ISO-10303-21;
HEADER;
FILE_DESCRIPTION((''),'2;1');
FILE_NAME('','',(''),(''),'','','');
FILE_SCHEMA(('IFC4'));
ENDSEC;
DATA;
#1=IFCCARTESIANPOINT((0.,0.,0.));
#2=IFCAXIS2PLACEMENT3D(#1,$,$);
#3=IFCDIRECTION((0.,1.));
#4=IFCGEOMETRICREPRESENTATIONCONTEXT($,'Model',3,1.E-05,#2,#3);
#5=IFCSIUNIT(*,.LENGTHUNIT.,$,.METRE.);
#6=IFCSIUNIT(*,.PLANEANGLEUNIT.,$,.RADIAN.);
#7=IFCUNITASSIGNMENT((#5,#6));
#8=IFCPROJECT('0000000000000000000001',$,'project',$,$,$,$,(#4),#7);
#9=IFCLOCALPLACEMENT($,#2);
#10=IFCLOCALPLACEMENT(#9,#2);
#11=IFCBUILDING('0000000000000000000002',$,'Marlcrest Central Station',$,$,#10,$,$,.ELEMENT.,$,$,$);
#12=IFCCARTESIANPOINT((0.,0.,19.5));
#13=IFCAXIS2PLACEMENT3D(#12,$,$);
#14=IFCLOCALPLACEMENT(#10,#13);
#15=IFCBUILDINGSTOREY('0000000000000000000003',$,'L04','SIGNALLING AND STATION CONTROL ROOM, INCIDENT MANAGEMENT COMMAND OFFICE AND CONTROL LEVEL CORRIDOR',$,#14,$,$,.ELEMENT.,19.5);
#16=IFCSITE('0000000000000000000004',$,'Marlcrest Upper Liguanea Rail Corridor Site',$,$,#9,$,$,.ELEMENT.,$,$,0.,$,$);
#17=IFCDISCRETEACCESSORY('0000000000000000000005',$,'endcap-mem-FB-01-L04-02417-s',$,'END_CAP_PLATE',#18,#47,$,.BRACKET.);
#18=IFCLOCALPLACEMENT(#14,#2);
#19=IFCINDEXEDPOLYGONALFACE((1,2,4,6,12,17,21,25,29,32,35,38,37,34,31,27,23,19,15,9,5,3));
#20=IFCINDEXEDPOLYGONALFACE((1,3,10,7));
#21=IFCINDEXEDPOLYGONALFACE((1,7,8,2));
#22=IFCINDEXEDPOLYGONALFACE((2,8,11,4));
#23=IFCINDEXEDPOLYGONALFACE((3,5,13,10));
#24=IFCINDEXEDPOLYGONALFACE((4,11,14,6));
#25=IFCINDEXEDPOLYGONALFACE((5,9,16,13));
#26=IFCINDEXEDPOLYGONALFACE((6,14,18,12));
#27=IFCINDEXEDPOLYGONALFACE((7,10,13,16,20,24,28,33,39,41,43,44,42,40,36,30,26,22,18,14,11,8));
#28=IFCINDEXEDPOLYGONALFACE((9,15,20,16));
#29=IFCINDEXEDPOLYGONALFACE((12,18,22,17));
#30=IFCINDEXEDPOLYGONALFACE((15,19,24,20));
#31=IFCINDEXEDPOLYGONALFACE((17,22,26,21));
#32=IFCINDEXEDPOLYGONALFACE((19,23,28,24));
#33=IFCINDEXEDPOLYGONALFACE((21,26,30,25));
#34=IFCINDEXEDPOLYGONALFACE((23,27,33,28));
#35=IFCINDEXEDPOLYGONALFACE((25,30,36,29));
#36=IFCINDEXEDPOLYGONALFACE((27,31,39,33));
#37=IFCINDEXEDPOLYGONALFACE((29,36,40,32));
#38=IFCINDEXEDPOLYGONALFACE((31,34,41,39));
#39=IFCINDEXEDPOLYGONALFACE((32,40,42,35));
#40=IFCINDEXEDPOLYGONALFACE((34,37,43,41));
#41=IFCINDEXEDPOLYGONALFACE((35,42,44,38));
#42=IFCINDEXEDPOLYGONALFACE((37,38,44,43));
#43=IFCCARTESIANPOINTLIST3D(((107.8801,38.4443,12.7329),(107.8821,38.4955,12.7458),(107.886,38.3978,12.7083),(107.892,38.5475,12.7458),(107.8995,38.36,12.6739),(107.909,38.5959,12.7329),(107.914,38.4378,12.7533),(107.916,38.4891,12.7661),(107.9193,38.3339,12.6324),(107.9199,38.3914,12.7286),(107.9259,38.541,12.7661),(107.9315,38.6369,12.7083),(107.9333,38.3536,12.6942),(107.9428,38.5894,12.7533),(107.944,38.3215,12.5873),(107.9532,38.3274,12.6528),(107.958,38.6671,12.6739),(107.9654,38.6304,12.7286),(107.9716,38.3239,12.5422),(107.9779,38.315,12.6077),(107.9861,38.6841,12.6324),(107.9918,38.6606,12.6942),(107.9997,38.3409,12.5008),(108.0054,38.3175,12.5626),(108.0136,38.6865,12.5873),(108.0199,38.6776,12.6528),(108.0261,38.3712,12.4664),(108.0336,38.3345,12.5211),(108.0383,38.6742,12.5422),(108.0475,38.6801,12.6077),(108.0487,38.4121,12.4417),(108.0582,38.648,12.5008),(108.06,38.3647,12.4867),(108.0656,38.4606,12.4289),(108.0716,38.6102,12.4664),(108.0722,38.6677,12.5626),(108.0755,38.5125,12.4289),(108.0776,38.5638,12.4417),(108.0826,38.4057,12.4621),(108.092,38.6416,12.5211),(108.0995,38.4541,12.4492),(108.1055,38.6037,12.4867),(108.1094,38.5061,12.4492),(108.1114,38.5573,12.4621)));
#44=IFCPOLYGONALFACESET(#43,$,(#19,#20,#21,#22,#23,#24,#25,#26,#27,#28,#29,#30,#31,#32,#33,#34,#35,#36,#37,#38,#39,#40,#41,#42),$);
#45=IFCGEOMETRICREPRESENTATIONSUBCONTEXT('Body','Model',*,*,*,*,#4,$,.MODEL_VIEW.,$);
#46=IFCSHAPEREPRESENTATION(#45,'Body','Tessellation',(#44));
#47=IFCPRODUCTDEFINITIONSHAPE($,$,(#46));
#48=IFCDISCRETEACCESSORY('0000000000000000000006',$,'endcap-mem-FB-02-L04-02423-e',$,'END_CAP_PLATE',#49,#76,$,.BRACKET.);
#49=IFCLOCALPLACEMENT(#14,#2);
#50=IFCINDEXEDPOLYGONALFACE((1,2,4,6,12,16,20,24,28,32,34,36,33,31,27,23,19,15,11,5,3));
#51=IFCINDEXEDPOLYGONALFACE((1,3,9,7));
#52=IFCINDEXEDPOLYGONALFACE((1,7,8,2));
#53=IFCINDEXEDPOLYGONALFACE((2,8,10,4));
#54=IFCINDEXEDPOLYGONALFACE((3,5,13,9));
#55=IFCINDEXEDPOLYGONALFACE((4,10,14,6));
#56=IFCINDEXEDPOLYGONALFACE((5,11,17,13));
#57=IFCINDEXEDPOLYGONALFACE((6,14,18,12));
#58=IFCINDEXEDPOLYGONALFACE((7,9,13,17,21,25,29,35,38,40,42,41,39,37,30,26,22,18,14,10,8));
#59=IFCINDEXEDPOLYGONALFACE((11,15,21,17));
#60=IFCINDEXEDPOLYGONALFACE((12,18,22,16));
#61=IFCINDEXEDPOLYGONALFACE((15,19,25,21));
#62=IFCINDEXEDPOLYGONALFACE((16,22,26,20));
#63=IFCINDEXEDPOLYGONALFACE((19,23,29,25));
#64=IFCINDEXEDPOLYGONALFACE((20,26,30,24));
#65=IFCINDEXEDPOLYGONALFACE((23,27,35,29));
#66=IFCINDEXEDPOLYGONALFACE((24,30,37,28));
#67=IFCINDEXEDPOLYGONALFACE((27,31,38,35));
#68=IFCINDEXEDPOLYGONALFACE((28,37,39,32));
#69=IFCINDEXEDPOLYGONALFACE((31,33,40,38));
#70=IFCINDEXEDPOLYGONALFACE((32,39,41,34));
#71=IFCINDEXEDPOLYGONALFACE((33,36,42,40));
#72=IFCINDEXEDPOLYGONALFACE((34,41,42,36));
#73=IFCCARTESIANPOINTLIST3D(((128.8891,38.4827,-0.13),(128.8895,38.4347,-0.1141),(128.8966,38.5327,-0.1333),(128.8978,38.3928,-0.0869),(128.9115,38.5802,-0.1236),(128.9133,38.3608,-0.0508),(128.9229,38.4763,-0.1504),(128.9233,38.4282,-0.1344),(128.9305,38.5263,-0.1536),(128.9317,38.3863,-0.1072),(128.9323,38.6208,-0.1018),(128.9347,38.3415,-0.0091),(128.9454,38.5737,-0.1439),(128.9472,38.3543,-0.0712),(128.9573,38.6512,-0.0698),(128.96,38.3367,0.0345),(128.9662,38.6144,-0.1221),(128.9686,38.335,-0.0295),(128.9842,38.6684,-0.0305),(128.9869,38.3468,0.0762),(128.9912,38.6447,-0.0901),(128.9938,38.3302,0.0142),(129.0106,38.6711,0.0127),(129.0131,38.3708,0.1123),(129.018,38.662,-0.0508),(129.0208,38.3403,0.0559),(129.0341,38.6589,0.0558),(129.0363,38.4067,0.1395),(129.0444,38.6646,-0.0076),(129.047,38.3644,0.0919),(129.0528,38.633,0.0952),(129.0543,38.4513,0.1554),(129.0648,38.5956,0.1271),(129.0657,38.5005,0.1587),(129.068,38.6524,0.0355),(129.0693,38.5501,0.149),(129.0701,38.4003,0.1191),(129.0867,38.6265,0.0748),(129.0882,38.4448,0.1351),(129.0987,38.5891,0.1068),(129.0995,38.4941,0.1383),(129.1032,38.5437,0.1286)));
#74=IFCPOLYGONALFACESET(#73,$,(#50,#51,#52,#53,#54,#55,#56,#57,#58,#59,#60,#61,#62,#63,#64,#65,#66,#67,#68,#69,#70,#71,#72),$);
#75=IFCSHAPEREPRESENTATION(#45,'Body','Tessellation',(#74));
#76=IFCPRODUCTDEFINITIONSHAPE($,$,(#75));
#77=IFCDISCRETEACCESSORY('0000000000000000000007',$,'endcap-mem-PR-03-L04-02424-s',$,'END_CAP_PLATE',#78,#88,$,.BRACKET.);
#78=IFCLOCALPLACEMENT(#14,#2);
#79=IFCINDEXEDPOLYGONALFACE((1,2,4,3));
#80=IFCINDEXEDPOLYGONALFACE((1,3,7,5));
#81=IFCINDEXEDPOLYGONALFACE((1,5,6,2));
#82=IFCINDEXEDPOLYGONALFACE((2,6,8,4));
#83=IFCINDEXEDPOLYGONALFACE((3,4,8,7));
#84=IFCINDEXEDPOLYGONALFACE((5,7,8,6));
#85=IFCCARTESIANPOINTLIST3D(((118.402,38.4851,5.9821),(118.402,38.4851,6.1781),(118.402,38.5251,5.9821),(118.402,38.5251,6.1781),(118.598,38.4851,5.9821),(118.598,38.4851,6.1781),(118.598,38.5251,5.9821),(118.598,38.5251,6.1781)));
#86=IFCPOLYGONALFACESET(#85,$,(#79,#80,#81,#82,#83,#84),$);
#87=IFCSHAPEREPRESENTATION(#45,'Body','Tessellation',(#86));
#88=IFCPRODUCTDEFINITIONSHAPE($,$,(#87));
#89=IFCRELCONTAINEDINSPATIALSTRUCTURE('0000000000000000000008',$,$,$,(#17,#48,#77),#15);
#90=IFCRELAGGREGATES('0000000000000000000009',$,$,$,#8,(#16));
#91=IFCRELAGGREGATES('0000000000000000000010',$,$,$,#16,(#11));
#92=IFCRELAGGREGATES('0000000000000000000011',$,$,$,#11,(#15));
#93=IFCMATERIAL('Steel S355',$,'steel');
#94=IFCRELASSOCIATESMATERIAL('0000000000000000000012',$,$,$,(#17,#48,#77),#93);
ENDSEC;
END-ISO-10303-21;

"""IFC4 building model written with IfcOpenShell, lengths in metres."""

from ifc_helpers import new_model, si_unit, direction, frame, origin, origin_2d, place, context, subcontext, project, spatial, rectangle, circle, extrude, material, element, save


model = new_model("IFC4")

# Units and contexts
model_context = context("Model", 3, precision=1e-05, world=origin(), true_north=direction((0.0, 1.0)))
body_context = subcontext(model_context, "Body", "Model", "MODEL_VIEW")
ifc_project = project(units=[si_unit("LENGTHUNIT", "METRE"), si_unit("PLANEANGLEUNIT", "RADIAN")], contexts=[model_context])

# Site, building, storey
site_placement = place(None, origin())
site = spatial("IfcSite", under=ifc_project, at=site_placement, Name="Marlcrest Upper Liguanea Rail Corridor Site", CompositionType="ELEMENT", RefElevation=0.0)
building_placement = place(site_placement, origin())
building = spatial("IfcBuilding", under=site, at=building_placement, Name="Marlcrest Central Station", CompositionType="ELEMENT")
storey_placement = place(building_placement, frame((0.0, 0.0, 19.5)))
storey = spatial("IfcBuildingStorey", under=building, at=storey_placement, Name="L04", Description="SIGNALLING AND STATION CONTROL ROOM, INCIDENT MANAGEMENT COMMAND OFFICE AND CONTROL LEVEL CORRIDOR", CompositionType="ELEMENT", Elevation=19.5)

# Shared definitions
ifc_material_1 = material(Name="Steel S355", Category="steel")

# Discrete accessories
discrete_accessory_1_placement = place(storey_placement, frame((108.0127, 38.4976, 12.6077), z_axis=(-0.846277, 0.161196, -0.50777), x_axis=(-0.187112, -0.982339, 0.0)))
element("IfcDiscreteAccessory", 1, at=discrete_accessory_1_placement, inside=storey, material=ifc_material_1, Name="endcap-mem-FB-01-L04-02417-s", ObjectType="END_CAP_PLATE", PredefinedType="BRACKET", context=body_context, shape_type="SweptSolid", body=[
    extrude(circle(Radius=0.1858, at=origin_2d()), origin(), (0.0, 0.0, 1.0), 0.04),
])
discrete_accessory_2_placement = place(storey_placement, frame((128.9788, 38.5042, 0.0127), z_axis=(0.846277, -0.161196, -0.50777), x_axis=(0.187112, 0.982339, 0.0)))
element("IfcDiscreteAccessory", 2, at=discrete_accessory_2_placement, inside=storey, material=ifc_material_1, Name="endcap-mem-FB-02-L04-02423-e", ObjectType="END_CAP_PLATE", PredefinedType="BRACKET", context=body_context, shape_type="SweptSolid", body=[
    extrude(circle(Radius=0.1699, at=origin_2d()), origin(), (0.0, 0.0, 1.0), 0.04),
])
discrete_accessory_3_placement = place(storey_placement, frame((118.5, 38.4851, 6.0801), z_axis=(0.0, 1.0, 0.0), x_axis=(-1.0, 0.0, 0.0)))
element("IfcDiscreteAccessory", 3, at=discrete_accessory_3_placement, inside=storey, material=ifc_material_1, Name="endcap-mem-PR-03-L04-02424-s", ObjectType="END_CAP_PLATE", PredefinedType="BRACKET", context=body_context, shape_type="SweptSolid", body=[
    extrude(rectangle(XDim=0.196, YDim=0.196, at=origin_2d()), origin(), (0.0, 0.0, 1.0), 0.04),
])

save(model, "model.ifc")
